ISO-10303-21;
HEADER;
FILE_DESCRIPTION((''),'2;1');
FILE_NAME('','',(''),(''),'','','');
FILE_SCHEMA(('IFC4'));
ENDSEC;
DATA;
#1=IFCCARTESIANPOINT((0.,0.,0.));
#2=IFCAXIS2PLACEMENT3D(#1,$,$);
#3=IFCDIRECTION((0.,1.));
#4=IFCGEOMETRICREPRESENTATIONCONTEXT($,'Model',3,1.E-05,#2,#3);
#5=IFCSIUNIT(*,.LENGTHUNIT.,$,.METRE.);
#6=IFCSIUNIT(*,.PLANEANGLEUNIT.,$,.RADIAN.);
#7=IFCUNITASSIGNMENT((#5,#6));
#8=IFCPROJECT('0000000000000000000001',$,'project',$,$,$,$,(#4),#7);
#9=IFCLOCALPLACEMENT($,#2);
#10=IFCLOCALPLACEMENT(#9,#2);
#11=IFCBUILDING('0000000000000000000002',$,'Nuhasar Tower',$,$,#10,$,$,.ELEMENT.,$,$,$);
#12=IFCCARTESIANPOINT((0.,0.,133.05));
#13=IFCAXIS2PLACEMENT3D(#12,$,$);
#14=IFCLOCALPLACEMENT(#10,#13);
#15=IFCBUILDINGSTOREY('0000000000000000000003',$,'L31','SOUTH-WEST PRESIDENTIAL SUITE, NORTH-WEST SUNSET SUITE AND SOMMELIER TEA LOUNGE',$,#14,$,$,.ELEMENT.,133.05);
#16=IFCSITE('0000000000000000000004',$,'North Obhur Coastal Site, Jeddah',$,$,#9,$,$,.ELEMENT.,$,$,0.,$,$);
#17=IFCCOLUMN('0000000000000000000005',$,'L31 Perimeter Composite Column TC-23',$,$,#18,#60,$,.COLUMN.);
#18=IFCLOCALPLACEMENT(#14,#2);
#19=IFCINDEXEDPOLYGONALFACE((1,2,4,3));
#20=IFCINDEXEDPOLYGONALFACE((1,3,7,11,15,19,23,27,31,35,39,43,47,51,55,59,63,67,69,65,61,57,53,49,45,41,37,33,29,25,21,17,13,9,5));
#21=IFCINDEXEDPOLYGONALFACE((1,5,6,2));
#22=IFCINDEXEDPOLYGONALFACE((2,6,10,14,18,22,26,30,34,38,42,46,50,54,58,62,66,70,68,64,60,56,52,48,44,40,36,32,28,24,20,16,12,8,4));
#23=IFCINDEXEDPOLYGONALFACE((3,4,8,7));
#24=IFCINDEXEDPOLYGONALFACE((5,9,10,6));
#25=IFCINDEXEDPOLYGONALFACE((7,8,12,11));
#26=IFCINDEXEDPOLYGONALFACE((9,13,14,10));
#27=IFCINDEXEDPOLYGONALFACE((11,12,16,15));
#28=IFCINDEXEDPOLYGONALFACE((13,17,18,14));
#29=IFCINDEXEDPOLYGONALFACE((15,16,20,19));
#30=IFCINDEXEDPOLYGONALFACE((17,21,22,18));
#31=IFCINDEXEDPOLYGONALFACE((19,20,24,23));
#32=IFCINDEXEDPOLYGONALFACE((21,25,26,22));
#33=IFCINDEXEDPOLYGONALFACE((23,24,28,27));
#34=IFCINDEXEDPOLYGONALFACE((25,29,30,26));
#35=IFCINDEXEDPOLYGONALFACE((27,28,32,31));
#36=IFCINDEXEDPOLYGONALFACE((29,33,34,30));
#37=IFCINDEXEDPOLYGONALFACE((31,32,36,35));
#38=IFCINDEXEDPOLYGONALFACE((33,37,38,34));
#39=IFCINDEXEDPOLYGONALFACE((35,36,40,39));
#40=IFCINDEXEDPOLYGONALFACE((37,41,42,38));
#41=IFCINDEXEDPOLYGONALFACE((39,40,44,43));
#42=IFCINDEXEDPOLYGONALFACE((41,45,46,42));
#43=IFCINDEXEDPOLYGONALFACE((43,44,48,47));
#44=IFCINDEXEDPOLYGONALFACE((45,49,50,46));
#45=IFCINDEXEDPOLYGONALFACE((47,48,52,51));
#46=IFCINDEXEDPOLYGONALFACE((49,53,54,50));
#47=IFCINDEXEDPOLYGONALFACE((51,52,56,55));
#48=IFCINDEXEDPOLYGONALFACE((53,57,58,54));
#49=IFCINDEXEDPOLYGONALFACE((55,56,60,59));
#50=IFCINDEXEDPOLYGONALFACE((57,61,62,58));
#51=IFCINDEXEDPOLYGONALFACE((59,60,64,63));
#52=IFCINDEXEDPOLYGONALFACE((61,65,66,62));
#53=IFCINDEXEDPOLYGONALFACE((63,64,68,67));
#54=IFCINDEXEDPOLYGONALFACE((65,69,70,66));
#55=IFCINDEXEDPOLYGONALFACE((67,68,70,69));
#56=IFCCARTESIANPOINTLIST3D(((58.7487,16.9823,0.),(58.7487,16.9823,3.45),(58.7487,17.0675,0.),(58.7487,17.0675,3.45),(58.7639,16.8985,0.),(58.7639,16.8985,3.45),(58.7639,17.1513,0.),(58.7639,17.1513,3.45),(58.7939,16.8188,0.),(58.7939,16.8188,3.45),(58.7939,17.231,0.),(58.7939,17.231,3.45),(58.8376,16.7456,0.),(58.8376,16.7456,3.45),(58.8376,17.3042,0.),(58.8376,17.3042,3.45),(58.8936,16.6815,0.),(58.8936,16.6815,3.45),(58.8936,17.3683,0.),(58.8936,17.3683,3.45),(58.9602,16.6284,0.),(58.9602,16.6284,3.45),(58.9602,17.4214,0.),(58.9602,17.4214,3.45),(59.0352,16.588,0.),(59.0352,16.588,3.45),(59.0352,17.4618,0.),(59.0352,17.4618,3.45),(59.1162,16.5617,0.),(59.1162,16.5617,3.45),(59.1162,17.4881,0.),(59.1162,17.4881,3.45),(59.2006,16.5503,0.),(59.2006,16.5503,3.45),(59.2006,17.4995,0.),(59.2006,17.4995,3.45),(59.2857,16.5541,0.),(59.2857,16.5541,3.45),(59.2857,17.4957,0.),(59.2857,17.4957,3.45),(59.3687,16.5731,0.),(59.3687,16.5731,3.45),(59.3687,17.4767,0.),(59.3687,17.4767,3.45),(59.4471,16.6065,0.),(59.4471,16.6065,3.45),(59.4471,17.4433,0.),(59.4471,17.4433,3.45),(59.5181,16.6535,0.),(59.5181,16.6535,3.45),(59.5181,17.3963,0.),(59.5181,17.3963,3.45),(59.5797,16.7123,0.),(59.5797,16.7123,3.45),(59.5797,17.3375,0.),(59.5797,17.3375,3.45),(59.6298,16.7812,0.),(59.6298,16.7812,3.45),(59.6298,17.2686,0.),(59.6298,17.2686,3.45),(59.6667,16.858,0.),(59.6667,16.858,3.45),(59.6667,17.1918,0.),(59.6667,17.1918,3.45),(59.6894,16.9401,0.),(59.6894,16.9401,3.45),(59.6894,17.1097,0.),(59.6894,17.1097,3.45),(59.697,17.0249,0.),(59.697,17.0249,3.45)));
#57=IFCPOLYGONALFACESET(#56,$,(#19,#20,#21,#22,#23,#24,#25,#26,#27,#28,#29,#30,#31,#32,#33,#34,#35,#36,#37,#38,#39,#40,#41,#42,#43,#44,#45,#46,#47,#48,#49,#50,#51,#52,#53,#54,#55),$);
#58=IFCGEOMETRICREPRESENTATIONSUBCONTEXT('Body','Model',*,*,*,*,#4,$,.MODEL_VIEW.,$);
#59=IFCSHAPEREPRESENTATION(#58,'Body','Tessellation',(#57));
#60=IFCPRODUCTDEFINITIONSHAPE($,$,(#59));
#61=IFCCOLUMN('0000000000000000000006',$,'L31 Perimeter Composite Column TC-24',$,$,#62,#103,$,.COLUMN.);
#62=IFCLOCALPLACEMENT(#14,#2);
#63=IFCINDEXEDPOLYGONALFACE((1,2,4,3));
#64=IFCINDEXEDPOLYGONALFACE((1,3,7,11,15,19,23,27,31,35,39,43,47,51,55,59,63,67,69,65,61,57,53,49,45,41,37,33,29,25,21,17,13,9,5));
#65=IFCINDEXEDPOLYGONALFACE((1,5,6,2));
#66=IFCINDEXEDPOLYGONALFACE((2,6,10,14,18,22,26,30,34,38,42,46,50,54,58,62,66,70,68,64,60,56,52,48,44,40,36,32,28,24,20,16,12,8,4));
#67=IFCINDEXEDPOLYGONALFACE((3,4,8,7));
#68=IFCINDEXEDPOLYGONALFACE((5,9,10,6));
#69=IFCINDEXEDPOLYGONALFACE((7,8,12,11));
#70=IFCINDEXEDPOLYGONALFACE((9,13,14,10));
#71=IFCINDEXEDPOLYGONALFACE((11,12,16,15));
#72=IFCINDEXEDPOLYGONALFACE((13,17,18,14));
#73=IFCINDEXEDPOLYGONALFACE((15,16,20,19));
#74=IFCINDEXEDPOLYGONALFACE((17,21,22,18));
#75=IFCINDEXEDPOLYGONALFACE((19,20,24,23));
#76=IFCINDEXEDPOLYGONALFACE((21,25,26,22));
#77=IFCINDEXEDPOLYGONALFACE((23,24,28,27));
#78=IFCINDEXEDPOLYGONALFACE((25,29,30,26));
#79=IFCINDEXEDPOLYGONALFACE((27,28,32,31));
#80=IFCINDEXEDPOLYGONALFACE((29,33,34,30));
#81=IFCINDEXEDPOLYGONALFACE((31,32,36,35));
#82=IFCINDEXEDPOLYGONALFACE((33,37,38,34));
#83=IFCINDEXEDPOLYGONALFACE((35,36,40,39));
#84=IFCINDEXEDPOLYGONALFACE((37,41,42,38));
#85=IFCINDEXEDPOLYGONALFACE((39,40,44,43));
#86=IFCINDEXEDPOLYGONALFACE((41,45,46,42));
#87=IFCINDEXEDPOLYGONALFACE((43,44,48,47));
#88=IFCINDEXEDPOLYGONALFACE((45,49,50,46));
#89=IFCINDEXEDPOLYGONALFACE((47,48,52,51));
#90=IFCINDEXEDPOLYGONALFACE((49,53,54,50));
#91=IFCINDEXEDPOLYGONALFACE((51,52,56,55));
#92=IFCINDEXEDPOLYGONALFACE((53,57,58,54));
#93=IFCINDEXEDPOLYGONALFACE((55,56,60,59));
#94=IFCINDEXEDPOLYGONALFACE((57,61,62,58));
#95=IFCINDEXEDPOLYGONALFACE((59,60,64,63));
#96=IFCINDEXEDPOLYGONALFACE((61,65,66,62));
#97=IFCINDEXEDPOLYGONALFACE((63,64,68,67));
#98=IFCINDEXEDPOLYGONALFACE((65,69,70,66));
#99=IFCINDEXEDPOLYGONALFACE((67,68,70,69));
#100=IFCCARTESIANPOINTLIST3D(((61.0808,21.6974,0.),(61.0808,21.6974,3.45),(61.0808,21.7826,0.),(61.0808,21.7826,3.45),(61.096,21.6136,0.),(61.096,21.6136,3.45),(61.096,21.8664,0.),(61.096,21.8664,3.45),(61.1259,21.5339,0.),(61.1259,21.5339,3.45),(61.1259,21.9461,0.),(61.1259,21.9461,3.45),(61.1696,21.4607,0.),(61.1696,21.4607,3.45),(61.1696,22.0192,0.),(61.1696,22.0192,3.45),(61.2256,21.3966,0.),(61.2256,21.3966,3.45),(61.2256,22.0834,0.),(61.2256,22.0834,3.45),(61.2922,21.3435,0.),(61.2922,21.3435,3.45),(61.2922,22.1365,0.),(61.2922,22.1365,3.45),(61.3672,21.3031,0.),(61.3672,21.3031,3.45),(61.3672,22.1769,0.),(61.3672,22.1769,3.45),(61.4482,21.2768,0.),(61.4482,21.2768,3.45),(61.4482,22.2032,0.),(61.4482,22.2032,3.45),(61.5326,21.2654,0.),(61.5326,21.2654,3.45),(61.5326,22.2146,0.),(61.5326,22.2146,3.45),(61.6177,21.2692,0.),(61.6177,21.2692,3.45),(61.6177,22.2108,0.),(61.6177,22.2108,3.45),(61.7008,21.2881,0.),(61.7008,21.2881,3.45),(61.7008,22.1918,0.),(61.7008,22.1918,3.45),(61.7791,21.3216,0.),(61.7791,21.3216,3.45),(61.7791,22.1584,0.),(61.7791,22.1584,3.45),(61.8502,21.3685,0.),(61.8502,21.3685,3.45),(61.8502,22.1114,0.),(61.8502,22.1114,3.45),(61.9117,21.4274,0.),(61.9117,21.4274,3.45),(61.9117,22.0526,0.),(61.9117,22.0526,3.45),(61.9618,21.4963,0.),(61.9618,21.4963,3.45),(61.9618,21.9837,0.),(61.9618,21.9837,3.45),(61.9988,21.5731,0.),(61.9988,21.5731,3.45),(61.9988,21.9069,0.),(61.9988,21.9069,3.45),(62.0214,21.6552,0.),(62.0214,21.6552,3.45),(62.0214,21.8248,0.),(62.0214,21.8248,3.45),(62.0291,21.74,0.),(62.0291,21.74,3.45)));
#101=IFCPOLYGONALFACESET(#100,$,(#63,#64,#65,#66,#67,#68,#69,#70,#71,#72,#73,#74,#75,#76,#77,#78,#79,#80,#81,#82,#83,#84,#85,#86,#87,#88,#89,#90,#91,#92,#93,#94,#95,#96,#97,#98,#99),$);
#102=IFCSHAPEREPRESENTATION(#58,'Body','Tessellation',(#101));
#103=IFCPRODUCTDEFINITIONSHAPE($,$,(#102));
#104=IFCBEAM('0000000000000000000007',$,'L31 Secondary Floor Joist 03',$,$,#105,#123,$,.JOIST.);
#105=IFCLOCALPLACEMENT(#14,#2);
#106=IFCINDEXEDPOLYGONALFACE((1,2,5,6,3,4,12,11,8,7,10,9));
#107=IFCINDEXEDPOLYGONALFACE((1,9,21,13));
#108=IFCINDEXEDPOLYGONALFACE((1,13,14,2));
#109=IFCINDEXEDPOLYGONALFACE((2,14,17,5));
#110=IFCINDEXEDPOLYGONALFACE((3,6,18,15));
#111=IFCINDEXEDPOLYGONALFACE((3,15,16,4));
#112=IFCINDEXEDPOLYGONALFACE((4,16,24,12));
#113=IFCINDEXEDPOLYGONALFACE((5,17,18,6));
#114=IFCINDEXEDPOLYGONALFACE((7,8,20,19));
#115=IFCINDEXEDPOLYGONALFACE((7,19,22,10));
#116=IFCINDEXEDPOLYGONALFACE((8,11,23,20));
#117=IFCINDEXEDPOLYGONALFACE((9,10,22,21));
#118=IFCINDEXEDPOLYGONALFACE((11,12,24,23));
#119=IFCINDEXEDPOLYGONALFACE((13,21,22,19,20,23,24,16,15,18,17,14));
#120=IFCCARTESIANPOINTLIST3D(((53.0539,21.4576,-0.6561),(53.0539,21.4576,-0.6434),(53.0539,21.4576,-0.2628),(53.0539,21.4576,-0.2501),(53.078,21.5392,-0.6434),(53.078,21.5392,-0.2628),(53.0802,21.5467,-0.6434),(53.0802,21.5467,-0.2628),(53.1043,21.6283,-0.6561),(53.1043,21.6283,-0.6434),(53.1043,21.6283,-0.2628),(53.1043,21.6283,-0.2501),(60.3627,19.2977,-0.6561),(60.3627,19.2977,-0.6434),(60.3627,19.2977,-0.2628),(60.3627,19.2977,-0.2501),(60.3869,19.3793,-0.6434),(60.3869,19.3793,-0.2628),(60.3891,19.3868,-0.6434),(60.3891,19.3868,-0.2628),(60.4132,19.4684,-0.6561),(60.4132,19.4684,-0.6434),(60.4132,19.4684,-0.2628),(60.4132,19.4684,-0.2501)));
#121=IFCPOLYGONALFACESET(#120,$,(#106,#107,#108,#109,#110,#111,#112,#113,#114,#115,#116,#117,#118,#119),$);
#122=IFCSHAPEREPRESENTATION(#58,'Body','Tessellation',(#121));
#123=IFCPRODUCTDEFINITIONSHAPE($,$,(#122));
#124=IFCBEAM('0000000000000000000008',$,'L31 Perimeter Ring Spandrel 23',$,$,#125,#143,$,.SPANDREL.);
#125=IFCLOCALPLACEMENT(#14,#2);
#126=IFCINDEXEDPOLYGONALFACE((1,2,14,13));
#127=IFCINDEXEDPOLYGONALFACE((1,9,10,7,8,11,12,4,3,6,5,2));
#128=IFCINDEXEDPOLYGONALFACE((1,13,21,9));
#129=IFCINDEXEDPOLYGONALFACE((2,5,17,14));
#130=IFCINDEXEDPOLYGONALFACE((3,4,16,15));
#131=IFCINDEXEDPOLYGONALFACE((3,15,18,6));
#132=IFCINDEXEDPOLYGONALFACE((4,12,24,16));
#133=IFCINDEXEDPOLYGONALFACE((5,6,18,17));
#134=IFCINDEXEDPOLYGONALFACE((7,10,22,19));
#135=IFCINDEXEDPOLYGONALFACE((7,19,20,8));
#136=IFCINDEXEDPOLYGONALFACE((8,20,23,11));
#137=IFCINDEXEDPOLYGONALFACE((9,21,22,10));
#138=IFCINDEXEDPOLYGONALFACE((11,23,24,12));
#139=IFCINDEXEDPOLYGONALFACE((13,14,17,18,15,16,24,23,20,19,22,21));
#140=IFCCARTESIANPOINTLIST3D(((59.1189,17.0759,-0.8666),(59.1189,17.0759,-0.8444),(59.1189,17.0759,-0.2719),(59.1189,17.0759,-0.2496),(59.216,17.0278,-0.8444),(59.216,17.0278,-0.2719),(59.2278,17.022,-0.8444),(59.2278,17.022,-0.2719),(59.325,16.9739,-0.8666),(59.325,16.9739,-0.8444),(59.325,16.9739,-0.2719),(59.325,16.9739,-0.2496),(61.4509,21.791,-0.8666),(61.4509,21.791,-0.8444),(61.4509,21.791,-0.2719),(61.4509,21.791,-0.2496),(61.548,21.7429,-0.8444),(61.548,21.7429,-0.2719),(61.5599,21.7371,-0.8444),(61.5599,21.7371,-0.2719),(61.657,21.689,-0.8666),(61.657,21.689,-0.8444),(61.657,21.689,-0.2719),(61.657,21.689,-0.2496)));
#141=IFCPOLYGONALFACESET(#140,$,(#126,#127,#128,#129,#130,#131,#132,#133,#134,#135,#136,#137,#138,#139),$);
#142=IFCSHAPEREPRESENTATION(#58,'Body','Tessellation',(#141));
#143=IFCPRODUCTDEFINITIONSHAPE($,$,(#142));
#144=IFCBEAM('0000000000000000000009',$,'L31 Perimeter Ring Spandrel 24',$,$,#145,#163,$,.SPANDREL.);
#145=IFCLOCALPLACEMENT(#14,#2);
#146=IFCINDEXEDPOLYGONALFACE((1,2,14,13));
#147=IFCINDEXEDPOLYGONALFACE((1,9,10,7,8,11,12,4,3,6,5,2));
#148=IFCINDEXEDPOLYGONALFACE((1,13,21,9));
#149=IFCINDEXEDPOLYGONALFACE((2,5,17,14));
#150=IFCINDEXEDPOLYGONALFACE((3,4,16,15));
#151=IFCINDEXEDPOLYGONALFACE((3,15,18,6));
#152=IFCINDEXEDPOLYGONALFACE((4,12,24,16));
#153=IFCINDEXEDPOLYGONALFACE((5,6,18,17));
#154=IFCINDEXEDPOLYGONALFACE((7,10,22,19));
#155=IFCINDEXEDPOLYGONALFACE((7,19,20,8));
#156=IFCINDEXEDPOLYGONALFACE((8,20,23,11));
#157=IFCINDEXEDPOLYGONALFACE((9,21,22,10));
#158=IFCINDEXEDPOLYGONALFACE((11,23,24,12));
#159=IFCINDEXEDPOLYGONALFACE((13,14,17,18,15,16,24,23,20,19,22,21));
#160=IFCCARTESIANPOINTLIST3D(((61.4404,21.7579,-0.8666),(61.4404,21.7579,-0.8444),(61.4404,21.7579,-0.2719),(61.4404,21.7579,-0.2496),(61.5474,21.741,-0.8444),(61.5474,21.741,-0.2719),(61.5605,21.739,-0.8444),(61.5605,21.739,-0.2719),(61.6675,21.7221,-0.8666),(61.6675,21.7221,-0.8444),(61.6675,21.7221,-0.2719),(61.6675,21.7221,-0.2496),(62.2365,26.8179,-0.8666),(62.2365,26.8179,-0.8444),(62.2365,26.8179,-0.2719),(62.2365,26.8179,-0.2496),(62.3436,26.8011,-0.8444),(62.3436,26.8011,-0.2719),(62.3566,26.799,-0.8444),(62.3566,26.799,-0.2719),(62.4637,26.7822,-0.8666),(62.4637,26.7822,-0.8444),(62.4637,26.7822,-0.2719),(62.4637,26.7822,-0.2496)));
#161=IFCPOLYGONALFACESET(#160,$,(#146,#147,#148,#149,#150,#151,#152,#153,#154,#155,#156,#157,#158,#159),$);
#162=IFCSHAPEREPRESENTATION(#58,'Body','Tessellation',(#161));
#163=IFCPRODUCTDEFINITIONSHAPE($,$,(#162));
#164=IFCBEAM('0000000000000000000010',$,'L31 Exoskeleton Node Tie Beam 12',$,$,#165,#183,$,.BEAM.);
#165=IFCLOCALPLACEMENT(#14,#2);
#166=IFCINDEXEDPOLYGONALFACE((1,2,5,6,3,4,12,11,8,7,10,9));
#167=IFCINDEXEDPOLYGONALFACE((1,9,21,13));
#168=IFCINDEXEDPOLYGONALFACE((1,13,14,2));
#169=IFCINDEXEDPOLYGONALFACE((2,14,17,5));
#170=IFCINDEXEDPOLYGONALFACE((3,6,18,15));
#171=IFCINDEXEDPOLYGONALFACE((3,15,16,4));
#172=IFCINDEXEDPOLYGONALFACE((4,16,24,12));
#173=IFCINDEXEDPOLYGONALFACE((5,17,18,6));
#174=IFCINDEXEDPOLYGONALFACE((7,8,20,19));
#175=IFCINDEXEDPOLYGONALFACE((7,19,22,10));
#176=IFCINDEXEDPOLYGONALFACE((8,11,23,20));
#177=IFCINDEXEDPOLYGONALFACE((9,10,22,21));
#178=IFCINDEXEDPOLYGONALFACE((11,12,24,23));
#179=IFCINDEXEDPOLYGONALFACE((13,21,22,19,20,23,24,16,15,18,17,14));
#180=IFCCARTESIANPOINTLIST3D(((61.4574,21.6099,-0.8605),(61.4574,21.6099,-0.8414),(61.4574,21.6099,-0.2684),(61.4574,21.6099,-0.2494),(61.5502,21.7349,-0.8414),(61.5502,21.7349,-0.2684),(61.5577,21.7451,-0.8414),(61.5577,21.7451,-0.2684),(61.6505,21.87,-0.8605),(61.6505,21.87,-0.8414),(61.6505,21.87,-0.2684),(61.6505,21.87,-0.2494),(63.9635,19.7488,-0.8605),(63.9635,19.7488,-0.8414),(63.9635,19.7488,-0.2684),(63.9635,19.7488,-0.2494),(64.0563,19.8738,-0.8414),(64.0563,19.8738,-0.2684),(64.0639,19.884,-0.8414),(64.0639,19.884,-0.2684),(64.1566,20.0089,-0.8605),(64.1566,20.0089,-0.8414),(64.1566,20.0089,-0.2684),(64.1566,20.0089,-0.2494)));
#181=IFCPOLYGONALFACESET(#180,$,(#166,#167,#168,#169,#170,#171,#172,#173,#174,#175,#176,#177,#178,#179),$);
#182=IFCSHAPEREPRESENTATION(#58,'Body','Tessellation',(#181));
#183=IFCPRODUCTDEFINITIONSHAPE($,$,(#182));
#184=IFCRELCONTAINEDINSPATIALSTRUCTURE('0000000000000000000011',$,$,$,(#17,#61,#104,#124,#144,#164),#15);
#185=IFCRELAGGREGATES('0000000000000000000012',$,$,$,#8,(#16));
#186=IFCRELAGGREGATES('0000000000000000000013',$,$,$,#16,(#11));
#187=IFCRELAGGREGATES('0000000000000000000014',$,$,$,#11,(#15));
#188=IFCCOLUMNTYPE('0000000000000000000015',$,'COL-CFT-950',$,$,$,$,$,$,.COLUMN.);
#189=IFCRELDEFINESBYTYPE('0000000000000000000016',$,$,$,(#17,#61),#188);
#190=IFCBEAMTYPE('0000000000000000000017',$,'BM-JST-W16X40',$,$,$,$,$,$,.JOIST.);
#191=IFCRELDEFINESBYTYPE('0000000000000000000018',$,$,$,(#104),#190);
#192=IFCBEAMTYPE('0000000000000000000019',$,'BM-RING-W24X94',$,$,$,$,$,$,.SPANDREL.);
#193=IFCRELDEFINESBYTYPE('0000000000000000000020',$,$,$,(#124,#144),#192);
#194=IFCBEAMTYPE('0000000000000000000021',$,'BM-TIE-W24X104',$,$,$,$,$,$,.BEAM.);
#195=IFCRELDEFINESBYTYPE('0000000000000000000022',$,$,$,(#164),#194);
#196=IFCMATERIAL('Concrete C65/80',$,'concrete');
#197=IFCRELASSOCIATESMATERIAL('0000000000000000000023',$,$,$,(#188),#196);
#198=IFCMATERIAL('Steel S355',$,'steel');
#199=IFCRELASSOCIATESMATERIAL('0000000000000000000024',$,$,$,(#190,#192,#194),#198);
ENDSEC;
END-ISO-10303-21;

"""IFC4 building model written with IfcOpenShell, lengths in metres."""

from ifc_helpers import new_model, si_unit, direction, frame, origin, origin_2d, place, context, subcontext, project, spatial, circle, i_section, extrude, material, material_profile, profile_set, type_object, element, save


model = new_model("IFC4")

# Units and contexts
model_context = context("Model", 3, precision=1e-05, world=origin(), true_north=direction((0.0, 1.0)))
body_context = subcontext(model_context, "Body", "Model", "MODEL_VIEW")
ifc_project = project(units=[si_unit("LENGTHUNIT", "METRE"), si_unit("PLANEANGLEUNIT", "RADIAN")], contexts=[model_context])

# Site, building, storey
site_placement = place(None, origin())
site = spatial("IfcSite", under=ifc_project, at=site_placement, Name="North Obhur Coastal Site, Jeddah", CompositionType="ELEMENT", RefElevation=0.0)
building_placement = place(site_placement, origin())
building = spatial("IfcBuilding", under=site, at=building_placement, Name="Nuhasar Tower", CompositionType="ELEMENT")
storey_placement = place(building_placement, frame((0.0, 0.0, 133.05)))
storey = spatial("IfcBuildingStorey", under=building, at=storey_placement, Name="L31", Description="SOUTH-WEST PRESIDENTIAL SUITE, NORTH-WEST SUNSET SUITE AND SOMMELIER TEA LOUNGE", CompositionType="ELEMENT", Elevation=133.05)

# Columns
ifc_material_1 = material(Name="Concrete C65/80", Category="concrete")
ifc_material_profile_1 = material_profile(ifc_material_1, circle(Radius=0.4751, at=origin_2d()), Name="CFT950")
ifc_profile_set_1 = profile_set([ifc_material_profile_1], Name="Concrete C65/80")
column_type = type_object("IfcColumnType", Name="COL-CFT-950", PredefinedType="COLUMN", material=ifc_profile_set_1)
for number, where, z_axis, x_axis, name in (
    (1, (59.2219, 17.0249, 0.0), (0.0, 0.0, 1.0), (1.0, 0.0, 0.0), "L31 Perimeter Composite Column TC-23"),
    (2, (61.554, 21.74, 0.0), (0.0, 0.0, 1.0), (1.0, 0.0, 0.0), "L31 Perimeter Composite Column TC-24"),
):
    element("IfcColumn", number, at=place(storey_placement, frame(where, z_axis=z_axis, x_axis=x_axis)), inside=storey, type_object=column_type, Name=name, PredefinedType="COLUMN", context=body_context, shape_type="SweptSolid", body=[
        extrude(circle(Radius=0.4751, at=origin_2d()), origin(), (0.0, 0.0, 1.0), 3.45),
    ])

# Beams
ifc_material_2 = material(Name="Steel S355", Category="steel")
ifc_material_profile_2 = material_profile(ifc_material_2, i_section(OverallWidth=0.178, OverallDepth=0.406, WebThickness=0.0078, FlangeThickness=0.0127, at=origin_2d()), Name="W16X40")
ifc_profile_set_2 = profile_set([ifc_material_profile_2], Name="Steel S355")
beam_type_1 = type_object("IfcBeamType", Name="BM-JST-W16X40", PredefinedType="JOIST", material=ifc_profile_set_2)
beam_1_placement = place(storey_placement, frame((53.0791, 21.543, -0.4531), z_axis=(0.959, -0.283404, 0.0), x_axis=(0.283404, 0.959, 0.0)))
element("IfcBeam", 3, at=beam_1_placement, inside=storey, type_object=beam_type_1, Name="L31 Secondary Floor Joist 03", PredefinedType="JOIST", context=body_context, shape_type="SweptSolid", body=[
    extrude(i_section(OverallWidth=0.178, OverallDepth=0.406, WebThickness=0.0078, FlangeThickness=0.0127, at=origin_2d()), origin(), (0.0, 0.0, 1.0), 7.6213),
])
ifc_material_profile_3 = material_profile(ifc_material_2, i_section(OverallWidth=0.23, OverallDepth=0.6169, WebThickness=0.0132, FlangeThickness=0.0222, at=origin_2d()), Name="W24X94")
ifc_profile_set_3 = profile_set([ifc_material_profile_3], Name="Steel S355")
beam_type_2 = type_object("IfcBeamType", Name="BM-RING-W24X94", PredefinedType="SPANDREL", material=ifc_profile_set_3)
beam_2_placement = place(storey_placement, frame((59.2219, 17.0249, -0.5581), z_axis=(0.443329, 0.896359, 0.0), x_axis=(-0.896359, 0.443329, 0.0)))
element("IfcBeam", 4, at=beam_2_placement, inside=storey, type_object=beam_type_2, Name="L31 Perimeter Ring Spandrel 23", PredefinedType="SPANDREL", context=body_context, shape_type="SweptSolid", body=[
    extrude(i_section(OverallWidth=0.23, OverallDepth=0.6169, WebThickness=0.0132, FlangeThickness=0.0222, at=origin_2d()), origin(), (0.0, 0.0, 1.0), 5.2603),
])
beam_3_placement = place(storey_placement, frame((61.554, 21.74, -0.5581), z_axis=(0.155427, 0.987847, 0.0), x_axis=(-0.987847, 0.155427, 0.0)))
element("IfcBeam", 5, at=beam_3_placement, inside=storey, type_object=beam_type_2, Name="L31 Perimeter Ring Spandrel 24", PredefinedType="SPANDREL", context=body_context, shape_type="SweptSolid", body=[
    extrude(i_section(OverallWidth=0.23, OverallDepth=0.6169, WebThickness=0.0132, FlangeThickness=0.0222, at=origin_2d()), origin(), (0.0, 0.0, 1.0), 5.1223),
])
ifc_material_profile_4 = material_profile(ifc_material_2, i_section(OverallWidth=0.324, OverallDepth=0.6111, WebThickness=0.0127, FlangeThickness=0.019, at=origin_2d()), Name="W24X104")
ifc_profile_set_4 = profile_set([ifc_material_profile_4], Name="Steel S355")
beam_type_3 = type_object("IfcBeamType", Name="BM-TIE-W24X104", PredefinedType="BEAM", material=ifc_profile_set_4)
beam_4_placement = place(storey_placement, frame((61.554, 21.74, -0.5549), z_axis=(0.802835, -0.596202, 0.0), x_axis=(0.596202, 0.802835, 0.0)))
element("IfcBeam", 6, at=beam_4_placement, inside=storey, type_object=beam_type_3, Name="L31 Exoskeleton Node Tie Beam 12", PredefinedType="BEAM", context=body_context, shape_type="SweptSolid", body=[
    extrude(i_section(OverallWidth=0.324, OverallDepth=0.6111, WebThickness=0.0127, FlangeThickness=0.019, at=origin_2d()), origin(), (0.0, 0.0, 1.0), 3.1216),
])

save(model, "model.ifc")
